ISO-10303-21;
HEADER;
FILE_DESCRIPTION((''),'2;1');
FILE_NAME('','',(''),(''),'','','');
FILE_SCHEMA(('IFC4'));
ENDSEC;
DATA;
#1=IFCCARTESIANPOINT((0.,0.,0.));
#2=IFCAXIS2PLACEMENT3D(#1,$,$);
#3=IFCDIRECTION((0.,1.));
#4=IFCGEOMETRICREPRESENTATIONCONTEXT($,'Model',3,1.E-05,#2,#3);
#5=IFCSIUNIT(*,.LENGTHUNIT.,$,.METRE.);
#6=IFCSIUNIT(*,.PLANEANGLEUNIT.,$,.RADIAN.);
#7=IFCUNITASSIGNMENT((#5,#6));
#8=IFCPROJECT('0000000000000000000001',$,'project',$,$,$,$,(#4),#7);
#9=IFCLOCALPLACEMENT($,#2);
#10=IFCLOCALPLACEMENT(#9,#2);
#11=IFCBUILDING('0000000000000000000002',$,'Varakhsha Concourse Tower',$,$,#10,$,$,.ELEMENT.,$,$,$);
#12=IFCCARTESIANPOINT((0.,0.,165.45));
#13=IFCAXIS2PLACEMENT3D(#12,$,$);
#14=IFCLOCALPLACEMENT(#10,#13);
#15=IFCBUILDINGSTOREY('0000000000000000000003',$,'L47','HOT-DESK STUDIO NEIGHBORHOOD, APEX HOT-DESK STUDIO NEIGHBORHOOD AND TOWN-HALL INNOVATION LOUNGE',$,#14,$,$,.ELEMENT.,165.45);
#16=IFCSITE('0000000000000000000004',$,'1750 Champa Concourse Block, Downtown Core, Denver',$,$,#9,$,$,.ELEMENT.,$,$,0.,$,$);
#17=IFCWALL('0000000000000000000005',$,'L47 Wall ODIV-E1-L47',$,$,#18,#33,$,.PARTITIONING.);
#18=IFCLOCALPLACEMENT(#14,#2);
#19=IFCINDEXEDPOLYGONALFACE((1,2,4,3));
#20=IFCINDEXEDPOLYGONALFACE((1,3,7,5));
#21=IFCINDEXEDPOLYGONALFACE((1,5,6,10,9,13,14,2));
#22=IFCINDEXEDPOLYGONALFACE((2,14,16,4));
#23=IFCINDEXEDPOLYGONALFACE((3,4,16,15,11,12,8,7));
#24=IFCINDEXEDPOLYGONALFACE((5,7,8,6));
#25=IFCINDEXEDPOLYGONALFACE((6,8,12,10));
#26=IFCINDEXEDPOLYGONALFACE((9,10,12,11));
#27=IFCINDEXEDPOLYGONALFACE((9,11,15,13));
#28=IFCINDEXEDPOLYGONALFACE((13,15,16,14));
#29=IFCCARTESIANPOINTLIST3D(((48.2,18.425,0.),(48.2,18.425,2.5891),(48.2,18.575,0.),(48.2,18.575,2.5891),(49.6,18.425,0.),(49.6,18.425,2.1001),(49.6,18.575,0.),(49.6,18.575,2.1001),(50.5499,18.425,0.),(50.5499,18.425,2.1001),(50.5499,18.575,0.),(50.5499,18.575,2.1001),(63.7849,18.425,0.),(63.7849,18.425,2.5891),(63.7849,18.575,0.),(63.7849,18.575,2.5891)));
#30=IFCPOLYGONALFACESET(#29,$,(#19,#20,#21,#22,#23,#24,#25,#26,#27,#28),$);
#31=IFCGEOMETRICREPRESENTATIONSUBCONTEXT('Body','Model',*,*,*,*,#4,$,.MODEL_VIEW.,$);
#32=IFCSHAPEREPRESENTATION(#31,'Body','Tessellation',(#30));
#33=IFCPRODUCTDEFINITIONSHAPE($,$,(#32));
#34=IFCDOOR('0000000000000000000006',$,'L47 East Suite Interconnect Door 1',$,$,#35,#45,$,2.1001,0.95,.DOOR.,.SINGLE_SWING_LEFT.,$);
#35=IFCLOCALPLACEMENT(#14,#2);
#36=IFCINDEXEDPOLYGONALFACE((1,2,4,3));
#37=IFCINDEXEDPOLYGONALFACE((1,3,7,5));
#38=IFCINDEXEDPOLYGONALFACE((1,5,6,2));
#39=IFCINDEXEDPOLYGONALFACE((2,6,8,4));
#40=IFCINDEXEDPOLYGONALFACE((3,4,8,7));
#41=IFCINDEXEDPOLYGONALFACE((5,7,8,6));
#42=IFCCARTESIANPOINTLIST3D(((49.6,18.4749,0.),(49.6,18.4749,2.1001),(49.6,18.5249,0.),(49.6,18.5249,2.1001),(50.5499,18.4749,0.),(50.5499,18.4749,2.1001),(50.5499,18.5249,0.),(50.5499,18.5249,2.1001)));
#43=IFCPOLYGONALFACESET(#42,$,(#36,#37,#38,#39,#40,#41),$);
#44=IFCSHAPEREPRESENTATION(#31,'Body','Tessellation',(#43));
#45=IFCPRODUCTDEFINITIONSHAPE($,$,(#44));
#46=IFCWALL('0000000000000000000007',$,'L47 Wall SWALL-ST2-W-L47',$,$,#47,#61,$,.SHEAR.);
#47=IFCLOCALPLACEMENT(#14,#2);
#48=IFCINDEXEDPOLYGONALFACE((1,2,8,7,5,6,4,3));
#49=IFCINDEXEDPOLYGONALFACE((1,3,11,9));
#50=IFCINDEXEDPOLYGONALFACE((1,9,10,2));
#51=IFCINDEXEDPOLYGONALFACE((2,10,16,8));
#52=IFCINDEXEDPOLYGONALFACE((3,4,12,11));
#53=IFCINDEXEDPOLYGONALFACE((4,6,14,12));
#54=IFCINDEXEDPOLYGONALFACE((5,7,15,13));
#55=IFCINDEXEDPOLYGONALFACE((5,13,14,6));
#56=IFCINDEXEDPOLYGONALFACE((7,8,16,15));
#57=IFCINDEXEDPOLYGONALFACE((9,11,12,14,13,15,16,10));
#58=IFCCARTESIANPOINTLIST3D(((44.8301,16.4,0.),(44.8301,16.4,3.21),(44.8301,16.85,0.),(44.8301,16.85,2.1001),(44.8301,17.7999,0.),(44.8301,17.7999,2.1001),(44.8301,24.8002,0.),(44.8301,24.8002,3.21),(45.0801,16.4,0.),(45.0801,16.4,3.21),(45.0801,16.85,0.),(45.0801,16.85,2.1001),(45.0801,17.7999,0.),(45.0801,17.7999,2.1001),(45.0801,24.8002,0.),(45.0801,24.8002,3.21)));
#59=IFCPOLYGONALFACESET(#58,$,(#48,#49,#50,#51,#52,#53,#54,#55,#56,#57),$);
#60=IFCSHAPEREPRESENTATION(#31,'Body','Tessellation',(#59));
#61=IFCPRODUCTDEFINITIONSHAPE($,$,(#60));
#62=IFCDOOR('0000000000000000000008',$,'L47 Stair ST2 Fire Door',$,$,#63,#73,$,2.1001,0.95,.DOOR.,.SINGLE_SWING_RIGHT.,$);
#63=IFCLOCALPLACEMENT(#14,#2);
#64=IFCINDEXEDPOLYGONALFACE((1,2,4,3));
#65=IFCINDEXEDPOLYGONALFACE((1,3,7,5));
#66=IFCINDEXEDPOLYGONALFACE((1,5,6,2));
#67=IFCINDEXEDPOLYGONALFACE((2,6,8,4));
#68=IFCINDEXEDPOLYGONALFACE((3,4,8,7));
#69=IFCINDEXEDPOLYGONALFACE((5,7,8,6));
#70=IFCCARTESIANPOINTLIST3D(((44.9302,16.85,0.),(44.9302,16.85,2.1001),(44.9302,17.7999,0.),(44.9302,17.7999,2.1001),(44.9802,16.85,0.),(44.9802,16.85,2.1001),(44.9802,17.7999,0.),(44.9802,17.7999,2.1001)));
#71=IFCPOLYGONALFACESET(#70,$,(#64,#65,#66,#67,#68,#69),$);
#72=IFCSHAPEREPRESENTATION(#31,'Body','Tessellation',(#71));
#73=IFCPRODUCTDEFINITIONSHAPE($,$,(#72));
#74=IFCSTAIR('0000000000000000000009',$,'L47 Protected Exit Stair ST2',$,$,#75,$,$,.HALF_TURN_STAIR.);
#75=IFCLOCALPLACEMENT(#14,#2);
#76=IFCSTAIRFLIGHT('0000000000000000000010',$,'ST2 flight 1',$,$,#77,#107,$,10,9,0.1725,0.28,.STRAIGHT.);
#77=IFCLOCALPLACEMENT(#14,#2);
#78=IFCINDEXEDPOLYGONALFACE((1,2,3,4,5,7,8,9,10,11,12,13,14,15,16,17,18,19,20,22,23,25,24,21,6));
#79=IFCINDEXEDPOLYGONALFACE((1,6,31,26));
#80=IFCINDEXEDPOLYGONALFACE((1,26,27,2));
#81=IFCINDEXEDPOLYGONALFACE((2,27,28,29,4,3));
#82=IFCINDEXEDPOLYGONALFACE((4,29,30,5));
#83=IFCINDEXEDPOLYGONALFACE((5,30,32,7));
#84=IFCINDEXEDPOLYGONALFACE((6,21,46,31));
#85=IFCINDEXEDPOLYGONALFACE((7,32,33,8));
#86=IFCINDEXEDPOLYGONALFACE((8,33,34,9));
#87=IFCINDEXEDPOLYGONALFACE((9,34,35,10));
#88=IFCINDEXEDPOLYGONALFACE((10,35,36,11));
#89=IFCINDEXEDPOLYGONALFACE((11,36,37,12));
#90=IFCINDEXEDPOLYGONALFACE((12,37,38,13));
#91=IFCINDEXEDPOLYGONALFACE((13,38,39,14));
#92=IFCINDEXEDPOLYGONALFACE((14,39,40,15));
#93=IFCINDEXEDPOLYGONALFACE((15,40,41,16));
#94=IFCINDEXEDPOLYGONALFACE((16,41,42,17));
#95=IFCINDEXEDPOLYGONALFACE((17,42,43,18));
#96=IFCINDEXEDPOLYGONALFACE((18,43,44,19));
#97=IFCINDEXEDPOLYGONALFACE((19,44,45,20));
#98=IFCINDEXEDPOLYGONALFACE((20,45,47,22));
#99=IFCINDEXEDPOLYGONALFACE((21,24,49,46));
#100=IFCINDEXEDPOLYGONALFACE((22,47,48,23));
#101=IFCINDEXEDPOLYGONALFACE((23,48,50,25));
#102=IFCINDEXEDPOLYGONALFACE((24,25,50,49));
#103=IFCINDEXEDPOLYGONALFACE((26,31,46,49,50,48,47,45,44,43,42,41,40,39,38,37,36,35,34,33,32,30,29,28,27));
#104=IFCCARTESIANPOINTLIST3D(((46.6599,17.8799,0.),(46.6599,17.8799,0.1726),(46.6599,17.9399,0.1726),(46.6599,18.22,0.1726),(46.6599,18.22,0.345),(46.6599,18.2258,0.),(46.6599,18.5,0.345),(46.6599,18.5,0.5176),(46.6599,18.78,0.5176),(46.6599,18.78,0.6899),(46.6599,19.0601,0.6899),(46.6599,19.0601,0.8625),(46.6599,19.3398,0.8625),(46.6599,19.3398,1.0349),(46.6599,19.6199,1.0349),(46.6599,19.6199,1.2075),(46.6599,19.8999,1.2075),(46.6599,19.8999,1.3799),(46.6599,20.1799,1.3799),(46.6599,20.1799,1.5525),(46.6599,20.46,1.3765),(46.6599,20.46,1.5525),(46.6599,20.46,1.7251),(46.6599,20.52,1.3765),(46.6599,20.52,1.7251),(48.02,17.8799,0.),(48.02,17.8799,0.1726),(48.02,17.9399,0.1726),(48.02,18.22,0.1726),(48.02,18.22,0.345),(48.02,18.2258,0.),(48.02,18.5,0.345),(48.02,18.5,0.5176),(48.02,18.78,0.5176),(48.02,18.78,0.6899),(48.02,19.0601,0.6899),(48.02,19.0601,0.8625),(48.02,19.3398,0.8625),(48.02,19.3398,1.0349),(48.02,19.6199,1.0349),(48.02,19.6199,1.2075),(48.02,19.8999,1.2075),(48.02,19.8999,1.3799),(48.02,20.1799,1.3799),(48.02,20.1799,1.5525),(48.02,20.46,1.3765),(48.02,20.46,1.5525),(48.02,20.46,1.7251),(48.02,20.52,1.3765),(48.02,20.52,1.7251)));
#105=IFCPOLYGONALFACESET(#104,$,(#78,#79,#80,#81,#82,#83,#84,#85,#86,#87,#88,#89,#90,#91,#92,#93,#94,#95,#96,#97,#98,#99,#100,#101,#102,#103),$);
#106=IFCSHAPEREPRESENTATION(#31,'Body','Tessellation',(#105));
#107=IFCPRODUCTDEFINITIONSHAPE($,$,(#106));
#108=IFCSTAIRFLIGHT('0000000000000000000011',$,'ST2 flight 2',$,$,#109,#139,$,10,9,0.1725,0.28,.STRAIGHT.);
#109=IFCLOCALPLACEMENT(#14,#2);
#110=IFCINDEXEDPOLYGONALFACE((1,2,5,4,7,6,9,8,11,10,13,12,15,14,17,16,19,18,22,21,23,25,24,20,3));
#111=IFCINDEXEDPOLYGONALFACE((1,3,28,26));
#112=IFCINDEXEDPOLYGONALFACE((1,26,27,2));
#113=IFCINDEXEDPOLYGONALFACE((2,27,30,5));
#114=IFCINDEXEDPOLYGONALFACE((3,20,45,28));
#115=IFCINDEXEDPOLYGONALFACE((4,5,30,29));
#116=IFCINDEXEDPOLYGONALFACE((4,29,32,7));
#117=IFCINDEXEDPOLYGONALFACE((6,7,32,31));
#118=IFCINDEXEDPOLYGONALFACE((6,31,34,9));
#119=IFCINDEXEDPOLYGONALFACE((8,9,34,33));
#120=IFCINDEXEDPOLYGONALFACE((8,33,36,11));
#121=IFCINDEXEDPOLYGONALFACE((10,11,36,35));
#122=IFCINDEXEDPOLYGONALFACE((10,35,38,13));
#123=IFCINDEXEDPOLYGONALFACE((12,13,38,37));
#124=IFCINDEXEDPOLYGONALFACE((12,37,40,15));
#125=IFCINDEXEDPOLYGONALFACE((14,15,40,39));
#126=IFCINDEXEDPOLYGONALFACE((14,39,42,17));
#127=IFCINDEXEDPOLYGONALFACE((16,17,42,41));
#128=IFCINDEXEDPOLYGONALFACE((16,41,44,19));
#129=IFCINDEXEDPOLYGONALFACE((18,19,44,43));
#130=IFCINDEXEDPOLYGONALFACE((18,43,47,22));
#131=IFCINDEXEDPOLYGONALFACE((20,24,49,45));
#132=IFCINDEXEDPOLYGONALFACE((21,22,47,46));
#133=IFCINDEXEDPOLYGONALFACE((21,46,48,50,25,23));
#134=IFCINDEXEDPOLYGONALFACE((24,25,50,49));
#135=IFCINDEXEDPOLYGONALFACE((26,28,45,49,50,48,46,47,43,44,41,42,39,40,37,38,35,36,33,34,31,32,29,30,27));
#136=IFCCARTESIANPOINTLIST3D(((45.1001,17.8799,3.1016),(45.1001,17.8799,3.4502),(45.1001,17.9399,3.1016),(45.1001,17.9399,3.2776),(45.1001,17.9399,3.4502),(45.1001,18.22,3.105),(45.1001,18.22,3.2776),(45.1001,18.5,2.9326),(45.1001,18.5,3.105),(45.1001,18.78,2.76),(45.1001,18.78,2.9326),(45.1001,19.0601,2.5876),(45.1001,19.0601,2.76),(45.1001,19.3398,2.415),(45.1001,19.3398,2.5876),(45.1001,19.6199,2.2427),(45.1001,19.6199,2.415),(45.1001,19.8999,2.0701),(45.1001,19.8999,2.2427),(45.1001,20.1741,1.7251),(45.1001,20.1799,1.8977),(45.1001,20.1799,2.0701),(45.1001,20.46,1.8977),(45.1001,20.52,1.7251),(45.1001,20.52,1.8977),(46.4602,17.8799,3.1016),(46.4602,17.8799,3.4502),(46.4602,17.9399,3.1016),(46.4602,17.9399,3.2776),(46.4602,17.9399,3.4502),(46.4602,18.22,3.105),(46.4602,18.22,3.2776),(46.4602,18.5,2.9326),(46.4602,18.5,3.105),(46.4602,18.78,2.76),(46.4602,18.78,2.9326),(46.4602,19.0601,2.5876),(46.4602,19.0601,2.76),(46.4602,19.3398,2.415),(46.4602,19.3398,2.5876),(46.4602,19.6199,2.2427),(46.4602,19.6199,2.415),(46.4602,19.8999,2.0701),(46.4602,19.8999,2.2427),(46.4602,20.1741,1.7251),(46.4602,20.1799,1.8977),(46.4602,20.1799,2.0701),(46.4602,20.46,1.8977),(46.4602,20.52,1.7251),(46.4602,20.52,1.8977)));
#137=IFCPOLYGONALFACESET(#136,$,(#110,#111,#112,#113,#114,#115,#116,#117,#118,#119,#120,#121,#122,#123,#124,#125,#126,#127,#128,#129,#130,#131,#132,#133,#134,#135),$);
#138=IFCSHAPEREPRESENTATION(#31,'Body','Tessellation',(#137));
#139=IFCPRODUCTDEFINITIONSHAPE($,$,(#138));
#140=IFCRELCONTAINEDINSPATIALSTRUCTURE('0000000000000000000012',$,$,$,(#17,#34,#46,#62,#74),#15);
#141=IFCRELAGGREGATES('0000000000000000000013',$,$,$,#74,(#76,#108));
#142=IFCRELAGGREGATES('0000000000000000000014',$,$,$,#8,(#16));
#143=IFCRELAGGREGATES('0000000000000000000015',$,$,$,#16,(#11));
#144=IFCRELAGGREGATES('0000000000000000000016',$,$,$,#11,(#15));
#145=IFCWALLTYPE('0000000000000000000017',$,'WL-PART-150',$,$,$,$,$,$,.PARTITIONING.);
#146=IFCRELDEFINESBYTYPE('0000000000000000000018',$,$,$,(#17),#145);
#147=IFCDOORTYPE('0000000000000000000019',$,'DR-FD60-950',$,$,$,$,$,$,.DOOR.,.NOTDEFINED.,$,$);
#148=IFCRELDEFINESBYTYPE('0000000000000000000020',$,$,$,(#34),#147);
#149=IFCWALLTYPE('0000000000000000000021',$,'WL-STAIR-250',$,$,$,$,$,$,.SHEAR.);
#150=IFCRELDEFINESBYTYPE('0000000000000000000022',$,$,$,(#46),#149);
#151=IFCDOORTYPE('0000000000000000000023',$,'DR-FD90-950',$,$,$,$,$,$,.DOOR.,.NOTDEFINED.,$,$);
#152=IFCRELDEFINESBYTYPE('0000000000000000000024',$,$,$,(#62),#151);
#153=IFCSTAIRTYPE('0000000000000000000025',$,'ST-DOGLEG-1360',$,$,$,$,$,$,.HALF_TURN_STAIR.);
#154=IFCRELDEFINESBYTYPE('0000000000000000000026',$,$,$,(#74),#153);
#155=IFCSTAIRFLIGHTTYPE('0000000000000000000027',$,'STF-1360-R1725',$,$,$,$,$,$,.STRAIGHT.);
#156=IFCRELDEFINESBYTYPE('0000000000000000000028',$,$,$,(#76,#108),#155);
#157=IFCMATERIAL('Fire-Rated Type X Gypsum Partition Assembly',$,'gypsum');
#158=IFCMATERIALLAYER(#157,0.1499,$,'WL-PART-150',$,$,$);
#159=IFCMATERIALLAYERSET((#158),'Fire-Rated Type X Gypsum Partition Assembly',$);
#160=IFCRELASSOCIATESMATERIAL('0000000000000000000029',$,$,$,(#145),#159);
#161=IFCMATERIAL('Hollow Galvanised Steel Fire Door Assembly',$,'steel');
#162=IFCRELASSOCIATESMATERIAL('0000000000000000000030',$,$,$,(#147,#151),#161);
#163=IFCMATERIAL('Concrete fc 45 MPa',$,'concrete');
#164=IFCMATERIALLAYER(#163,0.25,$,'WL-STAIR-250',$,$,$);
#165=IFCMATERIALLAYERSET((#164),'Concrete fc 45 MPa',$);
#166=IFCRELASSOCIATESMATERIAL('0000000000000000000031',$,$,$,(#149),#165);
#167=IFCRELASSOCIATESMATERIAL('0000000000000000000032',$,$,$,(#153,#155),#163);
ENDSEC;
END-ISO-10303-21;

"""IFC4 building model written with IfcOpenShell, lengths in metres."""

from ifc_helpers import new_model, si_unit, direction, frame, frame_2d, origin, place, context, subcontext, project, spatial, polyline, rectangle, outline, extrude, material, layer, layer_set, type_object, element, fill, aggregate, save


model = new_model("IFC4")

# Units and contexts
model_context = context("Model", 3, precision=1e-05, world=origin(), true_north=direction((0.0, 1.0)))
body_context = subcontext(model_context, "Body", "Model", "MODEL_VIEW")
ifc_project = project(units=[si_unit("LENGTHUNIT", "METRE"), si_unit("PLANEANGLEUNIT", "RADIAN")], contexts=[model_context])

# Site, building, storey
site_placement = place(None, origin())
site = spatial("IfcSite", under=ifc_project, at=site_placement, Name="1750 Champa Concourse Block, Downtown Core, Denver", CompositionType="ELEMENT", RefElevation=0.0)
building_placement = place(site_placement, origin())
building = spatial("IfcBuilding", under=site, at=building_placement, Name="Varakhsha Concourse Tower", CompositionType="ELEMENT")
storey_placement = place(building_placement, frame((0.0, 0.0, 165.45)))
storey = spatial("IfcBuildingStorey", under=building, at=storey_placement, Name="L47", Description="HOT-DESK STUDIO NEIGHBORHOOD, APEX HOT-DESK STUDIO NEIGHBORHOOD AND TOWN-HALL INNOVATION LOUNGE", CompositionType="ELEMENT", Elevation=165.45)

# Shared definitions
ifc_material_1 = material(Name="Fire-Rated Type X Gypsum Partition Assembly", Category="gypsum")
ifc_material_2 = material(Name="Hollow Galvanised Steel Fire Door Assembly", Category="steel")

# Shared definitions
ifc_layer_1 = layer(ifc_material_1, 0.1499, Name="WL-PART-150")
ifc_layer_set_1 = layer_set([ifc_layer_1], Name="Fire-Rated Type X Gypsum Partition Assembly")
wall_type_1 = type_object("IfcWallType", Name="WL-PART-150", PredefinedType="PARTITIONING", material=ifc_layer_set_1)

# Walls, openings, doors
wall_1_placement = place(storey_placement, frame((48.2, 18.5, 0.0), z_axis=(0.0, 0.0, 1.0), x_axis=(1.0, 0.0, 0.0)))
wall_1 = element("IfcWall", 1, at=wall_1_placement, inside=storey, type_object=wall_type_1, Name="L47 Wall ODIV-E1-L47", PredefinedType="PARTITIONING", context=body_context, shape_type="SweptSolid", body=[
    extrude(rectangle(XDim=15.585, YDim=0.1499, at=frame_2d((7.7925, 0.0))), origin(), (0.0, 0.0, 1.0), 2.5891),
])
opening_1_placement = place(wall_1_placement, frame((1.3999, 0.0, 0.0)))
opening_1 = element("IfcOpeningElement", 2, at=opening_1_placement, cuts=wall_1, PredefinedType="OPENING", context=body_context, shape_type="SweptSolid", body=[
    extrude(rectangle(XDim=0.95, YDim=2.1001, at=frame_2d((0.4751, 1.05))), frame((0.0, 0.085, 0.0), z_axis=(0.0, -1.0, 0.0), x_axis=(1.0, 0.0, 0.0)), (0.0, 0.0, 1.0), 0.1699),
])
door_type_1 = type_object("IfcDoorType", Name="DR-FD60-950", OperationType="NOTDEFINED", PredefinedType="DOOR", material=ifc_material_2)
door_1_placement = place(opening_1_placement, origin())
door_1 = element("IfcDoor", 3, at=door_1_placement, inside=storey, type_object=door_type_1, Name="L47 East Suite Interconnect Door 1", OperationType="SINGLE_SWING_LEFT", OverallHeight=2.1001, OverallWidth=0.95, PredefinedType="DOOR", context=body_context, shape_type="SweptSolid", body=[
    extrude(rectangle(XDim=0.95, YDim=2.1001, at=frame_2d((0.4751, 1.05))), frame((0.0, 0.0249, 0.0), z_axis=(0.0, -1.0, 0.0), x_axis=(1.0, 0.0, 0.0)), (0.0, 0.0, 1.0), 0.05),
])
fill(opening_1, door_1)
ifc_material_3 = material(Name="Concrete fc 45 MPa", Category="concrete")
ifc_layer_2 = layer(ifc_material_3, 0.25, Name="WL-STAIR-250")
ifc_layer_set_2 = layer_set([ifc_layer_2], Name="Concrete fc 45 MPa")
wall_type_2 = type_object("IfcWallType", Name="WL-STAIR-250", PredefinedType="SHEAR", material=ifc_layer_set_2)
wall_2_placement = place(storey_placement, frame((44.9551, 16.3999, 0.0), z_axis=(0.0, 0.0, 1.0), x_axis=(0.0, 1.0, 0.0)))
wall_2 = element("IfcWall", 4, at=wall_2_placement, inside=storey, type_object=wall_type_2, Name="L47 Wall SWALL-ST2-W-L47", PredefinedType="SHEAR", context=body_context, shape_type="SweptSolid", body=[
    extrude(rectangle(XDim=8.4001, YDim=0.25, at=frame_2d((4.2002, 0.0))), origin(), (0.0, 0.0, 1.0), 3.21),
])
opening_2_placement = place(wall_2_placement, frame((0.45, 0.0, 0.0)))
opening_2 = element("IfcOpeningElement", 5, at=opening_2_placement, cuts=wall_2, PredefinedType="OPENING", context=body_context, shape_type="SweptSolid", body=[
    extrude(rectangle(XDim=0.95, YDim=2.1001, at=frame_2d((0.4751, 1.05))), frame((0.0, 0.135, 0.0), z_axis=(0.0, -1.0, 0.0), x_axis=(1.0, 0.0, 0.0)), (0.0, 0.0, 1.0), 0.27),
])
door_type_2 = type_object("IfcDoorType", Name="DR-FD90-950", OperationType="NOTDEFINED", PredefinedType="DOOR", material=ifc_material_2)
door_2_placement = place(opening_2_placement, origin())
door_2 = element("IfcDoor", 6, at=door_2_placement, inside=storey, type_object=door_type_2, Name="L47 Stair ST2 Fire Door", OperationType="SINGLE_SWING_RIGHT", OverallHeight=2.1001, OverallWidth=0.95, PredefinedType="DOOR", context=body_context, shape_type="SweptSolid", body=[
    extrude(rectangle(XDim=0.95, YDim=2.1001, at=frame_2d((0.4751, 1.05))), frame((0.0, 0.0249, 0.0), z_axis=(0.0, -1.0, 0.0), x_axis=(1.0, 0.0, 0.0)), (0.0, 0.0, 1.0), 0.05),
])
fill(opening_2, door_2)

# Stair, stair flights
stair_type = type_object("IfcStairType", Name="ST-DOGLEG-1360", PredefinedType="HALF_TURN_STAIR", material=ifc_material_3)
stair_placement = place(storey_placement, origin())
stair = element("IfcStair", 7, at=stair_placement, inside=storey, type_object=stair_type, Name="L47 Protected Exit Stair ST2", PredefinedType="HALF_TURN_STAIR")
stair_flight_type = type_object("IfcStairFlightType", Name="STF-1360-R1725", PredefinedType="STRAIGHT", material=ifc_material_3)
stair_flight_1_placement = place(storey_placement, frame((47.3401, 17.9399, 0.0), z_axis=(0.0, 0.0, 1.0), x_axis=(0.0, 1.0, 0.0)))
stair_flight_1 = element("IfcStairFlight", 8, at=stair_flight_1_placement, type_object=stair_flight_type, Name="ST2 flight 1", NumberOfRisers=10, NumberOfTreads=9, PredefinedType="STRAIGHT", RiserHeight=0.1725, TreadLength=0.28, context=body_context, shape_type="SweptSolid", body=[
    extrude(outline(polyline([(-0.0601, 0.0), (-0.0601, 0.1726), (0.0, 0.1726), (0.28, 0.1726), (0.28, 0.345), (0.5601, 0.345), (0.5601, 0.5176), (0.8401, 0.5176), (0.8401, 0.6899), (1.1201, 0.6899), (1.1201, 0.8625), (1.3999, 0.8625), (1.3999, 1.0349), (1.6799, 1.0349), (1.6799, 1.2075), (1.96, 1.2075), (1.96, 1.3799), (2.24, 1.3799), (2.24, 1.5525), (2.52, 1.5525), (2.52, 1.7251), (2.5801, 1.7251), (2.5801, 1.3765), (2.52, 1.3765), (0.2859, 0.0), (-0.0601, 0.0)])), frame((0.0, 0.6802, 0.0), z_axis=(0.0, -1.0, 0.0), x_axis=(1.0, 0.0, 0.0)), (0.0, 0.0, 1.0), 1.3601),
])
stair_flight_2_placement = place(storey_placement, frame((45.78, 20.46, 1.7251), z_axis=(0.0, 0.0, 1.0), x_axis=(0.0, -1.0, 0.0)))
stair_flight_2 = element("IfcStairFlight", 9, at=stair_flight_2_placement, type_object=stair_flight_type, Name="ST2 flight 2", NumberOfRisers=10, NumberOfTreads=9, PredefinedType="STRAIGHT", RiserHeight=0.1725, TreadLength=0.28, context=body_context, shape_type="SweptSolid", body=[
    extrude(outline(polyline([(-0.0601, 0.0), (-0.0601, 0.1726), (0.0, 0.1726), (0.28, 0.1726), (0.28, 0.345), (0.5601, 0.345), (0.5601, 0.5176), (0.8401, 0.5176), (0.8401, 0.6899), (1.1201, 0.6899), (1.1201, 0.8625), (1.3999, 0.8625), (1.3999, 1.0349), (1.6799, 1.0349), (1.6799, 1.2075), (1.96, 1.2075), (1.96, 1.3799), (2.24, 1.3799), (2.24, 1.5525), (2.52, 1.5525), (2.52, 1.7251), (2.5801, 1.7251), (2.5801, 1.3765), (2.52, 1.3765), (0.2859, 0.0), (-0.0601, 0.0)])), frame((0.0, 0.6802, 0.0), z_axis=(0.0, -1.0, 0.0), x_axis=(1.0, 0.0, 0.0)), (0.0, 0.0, 1.0), 1.3601),
])
aggregate(stair, [stair_flight_1, stair_flight_2])

save(model, "model.ifc")
